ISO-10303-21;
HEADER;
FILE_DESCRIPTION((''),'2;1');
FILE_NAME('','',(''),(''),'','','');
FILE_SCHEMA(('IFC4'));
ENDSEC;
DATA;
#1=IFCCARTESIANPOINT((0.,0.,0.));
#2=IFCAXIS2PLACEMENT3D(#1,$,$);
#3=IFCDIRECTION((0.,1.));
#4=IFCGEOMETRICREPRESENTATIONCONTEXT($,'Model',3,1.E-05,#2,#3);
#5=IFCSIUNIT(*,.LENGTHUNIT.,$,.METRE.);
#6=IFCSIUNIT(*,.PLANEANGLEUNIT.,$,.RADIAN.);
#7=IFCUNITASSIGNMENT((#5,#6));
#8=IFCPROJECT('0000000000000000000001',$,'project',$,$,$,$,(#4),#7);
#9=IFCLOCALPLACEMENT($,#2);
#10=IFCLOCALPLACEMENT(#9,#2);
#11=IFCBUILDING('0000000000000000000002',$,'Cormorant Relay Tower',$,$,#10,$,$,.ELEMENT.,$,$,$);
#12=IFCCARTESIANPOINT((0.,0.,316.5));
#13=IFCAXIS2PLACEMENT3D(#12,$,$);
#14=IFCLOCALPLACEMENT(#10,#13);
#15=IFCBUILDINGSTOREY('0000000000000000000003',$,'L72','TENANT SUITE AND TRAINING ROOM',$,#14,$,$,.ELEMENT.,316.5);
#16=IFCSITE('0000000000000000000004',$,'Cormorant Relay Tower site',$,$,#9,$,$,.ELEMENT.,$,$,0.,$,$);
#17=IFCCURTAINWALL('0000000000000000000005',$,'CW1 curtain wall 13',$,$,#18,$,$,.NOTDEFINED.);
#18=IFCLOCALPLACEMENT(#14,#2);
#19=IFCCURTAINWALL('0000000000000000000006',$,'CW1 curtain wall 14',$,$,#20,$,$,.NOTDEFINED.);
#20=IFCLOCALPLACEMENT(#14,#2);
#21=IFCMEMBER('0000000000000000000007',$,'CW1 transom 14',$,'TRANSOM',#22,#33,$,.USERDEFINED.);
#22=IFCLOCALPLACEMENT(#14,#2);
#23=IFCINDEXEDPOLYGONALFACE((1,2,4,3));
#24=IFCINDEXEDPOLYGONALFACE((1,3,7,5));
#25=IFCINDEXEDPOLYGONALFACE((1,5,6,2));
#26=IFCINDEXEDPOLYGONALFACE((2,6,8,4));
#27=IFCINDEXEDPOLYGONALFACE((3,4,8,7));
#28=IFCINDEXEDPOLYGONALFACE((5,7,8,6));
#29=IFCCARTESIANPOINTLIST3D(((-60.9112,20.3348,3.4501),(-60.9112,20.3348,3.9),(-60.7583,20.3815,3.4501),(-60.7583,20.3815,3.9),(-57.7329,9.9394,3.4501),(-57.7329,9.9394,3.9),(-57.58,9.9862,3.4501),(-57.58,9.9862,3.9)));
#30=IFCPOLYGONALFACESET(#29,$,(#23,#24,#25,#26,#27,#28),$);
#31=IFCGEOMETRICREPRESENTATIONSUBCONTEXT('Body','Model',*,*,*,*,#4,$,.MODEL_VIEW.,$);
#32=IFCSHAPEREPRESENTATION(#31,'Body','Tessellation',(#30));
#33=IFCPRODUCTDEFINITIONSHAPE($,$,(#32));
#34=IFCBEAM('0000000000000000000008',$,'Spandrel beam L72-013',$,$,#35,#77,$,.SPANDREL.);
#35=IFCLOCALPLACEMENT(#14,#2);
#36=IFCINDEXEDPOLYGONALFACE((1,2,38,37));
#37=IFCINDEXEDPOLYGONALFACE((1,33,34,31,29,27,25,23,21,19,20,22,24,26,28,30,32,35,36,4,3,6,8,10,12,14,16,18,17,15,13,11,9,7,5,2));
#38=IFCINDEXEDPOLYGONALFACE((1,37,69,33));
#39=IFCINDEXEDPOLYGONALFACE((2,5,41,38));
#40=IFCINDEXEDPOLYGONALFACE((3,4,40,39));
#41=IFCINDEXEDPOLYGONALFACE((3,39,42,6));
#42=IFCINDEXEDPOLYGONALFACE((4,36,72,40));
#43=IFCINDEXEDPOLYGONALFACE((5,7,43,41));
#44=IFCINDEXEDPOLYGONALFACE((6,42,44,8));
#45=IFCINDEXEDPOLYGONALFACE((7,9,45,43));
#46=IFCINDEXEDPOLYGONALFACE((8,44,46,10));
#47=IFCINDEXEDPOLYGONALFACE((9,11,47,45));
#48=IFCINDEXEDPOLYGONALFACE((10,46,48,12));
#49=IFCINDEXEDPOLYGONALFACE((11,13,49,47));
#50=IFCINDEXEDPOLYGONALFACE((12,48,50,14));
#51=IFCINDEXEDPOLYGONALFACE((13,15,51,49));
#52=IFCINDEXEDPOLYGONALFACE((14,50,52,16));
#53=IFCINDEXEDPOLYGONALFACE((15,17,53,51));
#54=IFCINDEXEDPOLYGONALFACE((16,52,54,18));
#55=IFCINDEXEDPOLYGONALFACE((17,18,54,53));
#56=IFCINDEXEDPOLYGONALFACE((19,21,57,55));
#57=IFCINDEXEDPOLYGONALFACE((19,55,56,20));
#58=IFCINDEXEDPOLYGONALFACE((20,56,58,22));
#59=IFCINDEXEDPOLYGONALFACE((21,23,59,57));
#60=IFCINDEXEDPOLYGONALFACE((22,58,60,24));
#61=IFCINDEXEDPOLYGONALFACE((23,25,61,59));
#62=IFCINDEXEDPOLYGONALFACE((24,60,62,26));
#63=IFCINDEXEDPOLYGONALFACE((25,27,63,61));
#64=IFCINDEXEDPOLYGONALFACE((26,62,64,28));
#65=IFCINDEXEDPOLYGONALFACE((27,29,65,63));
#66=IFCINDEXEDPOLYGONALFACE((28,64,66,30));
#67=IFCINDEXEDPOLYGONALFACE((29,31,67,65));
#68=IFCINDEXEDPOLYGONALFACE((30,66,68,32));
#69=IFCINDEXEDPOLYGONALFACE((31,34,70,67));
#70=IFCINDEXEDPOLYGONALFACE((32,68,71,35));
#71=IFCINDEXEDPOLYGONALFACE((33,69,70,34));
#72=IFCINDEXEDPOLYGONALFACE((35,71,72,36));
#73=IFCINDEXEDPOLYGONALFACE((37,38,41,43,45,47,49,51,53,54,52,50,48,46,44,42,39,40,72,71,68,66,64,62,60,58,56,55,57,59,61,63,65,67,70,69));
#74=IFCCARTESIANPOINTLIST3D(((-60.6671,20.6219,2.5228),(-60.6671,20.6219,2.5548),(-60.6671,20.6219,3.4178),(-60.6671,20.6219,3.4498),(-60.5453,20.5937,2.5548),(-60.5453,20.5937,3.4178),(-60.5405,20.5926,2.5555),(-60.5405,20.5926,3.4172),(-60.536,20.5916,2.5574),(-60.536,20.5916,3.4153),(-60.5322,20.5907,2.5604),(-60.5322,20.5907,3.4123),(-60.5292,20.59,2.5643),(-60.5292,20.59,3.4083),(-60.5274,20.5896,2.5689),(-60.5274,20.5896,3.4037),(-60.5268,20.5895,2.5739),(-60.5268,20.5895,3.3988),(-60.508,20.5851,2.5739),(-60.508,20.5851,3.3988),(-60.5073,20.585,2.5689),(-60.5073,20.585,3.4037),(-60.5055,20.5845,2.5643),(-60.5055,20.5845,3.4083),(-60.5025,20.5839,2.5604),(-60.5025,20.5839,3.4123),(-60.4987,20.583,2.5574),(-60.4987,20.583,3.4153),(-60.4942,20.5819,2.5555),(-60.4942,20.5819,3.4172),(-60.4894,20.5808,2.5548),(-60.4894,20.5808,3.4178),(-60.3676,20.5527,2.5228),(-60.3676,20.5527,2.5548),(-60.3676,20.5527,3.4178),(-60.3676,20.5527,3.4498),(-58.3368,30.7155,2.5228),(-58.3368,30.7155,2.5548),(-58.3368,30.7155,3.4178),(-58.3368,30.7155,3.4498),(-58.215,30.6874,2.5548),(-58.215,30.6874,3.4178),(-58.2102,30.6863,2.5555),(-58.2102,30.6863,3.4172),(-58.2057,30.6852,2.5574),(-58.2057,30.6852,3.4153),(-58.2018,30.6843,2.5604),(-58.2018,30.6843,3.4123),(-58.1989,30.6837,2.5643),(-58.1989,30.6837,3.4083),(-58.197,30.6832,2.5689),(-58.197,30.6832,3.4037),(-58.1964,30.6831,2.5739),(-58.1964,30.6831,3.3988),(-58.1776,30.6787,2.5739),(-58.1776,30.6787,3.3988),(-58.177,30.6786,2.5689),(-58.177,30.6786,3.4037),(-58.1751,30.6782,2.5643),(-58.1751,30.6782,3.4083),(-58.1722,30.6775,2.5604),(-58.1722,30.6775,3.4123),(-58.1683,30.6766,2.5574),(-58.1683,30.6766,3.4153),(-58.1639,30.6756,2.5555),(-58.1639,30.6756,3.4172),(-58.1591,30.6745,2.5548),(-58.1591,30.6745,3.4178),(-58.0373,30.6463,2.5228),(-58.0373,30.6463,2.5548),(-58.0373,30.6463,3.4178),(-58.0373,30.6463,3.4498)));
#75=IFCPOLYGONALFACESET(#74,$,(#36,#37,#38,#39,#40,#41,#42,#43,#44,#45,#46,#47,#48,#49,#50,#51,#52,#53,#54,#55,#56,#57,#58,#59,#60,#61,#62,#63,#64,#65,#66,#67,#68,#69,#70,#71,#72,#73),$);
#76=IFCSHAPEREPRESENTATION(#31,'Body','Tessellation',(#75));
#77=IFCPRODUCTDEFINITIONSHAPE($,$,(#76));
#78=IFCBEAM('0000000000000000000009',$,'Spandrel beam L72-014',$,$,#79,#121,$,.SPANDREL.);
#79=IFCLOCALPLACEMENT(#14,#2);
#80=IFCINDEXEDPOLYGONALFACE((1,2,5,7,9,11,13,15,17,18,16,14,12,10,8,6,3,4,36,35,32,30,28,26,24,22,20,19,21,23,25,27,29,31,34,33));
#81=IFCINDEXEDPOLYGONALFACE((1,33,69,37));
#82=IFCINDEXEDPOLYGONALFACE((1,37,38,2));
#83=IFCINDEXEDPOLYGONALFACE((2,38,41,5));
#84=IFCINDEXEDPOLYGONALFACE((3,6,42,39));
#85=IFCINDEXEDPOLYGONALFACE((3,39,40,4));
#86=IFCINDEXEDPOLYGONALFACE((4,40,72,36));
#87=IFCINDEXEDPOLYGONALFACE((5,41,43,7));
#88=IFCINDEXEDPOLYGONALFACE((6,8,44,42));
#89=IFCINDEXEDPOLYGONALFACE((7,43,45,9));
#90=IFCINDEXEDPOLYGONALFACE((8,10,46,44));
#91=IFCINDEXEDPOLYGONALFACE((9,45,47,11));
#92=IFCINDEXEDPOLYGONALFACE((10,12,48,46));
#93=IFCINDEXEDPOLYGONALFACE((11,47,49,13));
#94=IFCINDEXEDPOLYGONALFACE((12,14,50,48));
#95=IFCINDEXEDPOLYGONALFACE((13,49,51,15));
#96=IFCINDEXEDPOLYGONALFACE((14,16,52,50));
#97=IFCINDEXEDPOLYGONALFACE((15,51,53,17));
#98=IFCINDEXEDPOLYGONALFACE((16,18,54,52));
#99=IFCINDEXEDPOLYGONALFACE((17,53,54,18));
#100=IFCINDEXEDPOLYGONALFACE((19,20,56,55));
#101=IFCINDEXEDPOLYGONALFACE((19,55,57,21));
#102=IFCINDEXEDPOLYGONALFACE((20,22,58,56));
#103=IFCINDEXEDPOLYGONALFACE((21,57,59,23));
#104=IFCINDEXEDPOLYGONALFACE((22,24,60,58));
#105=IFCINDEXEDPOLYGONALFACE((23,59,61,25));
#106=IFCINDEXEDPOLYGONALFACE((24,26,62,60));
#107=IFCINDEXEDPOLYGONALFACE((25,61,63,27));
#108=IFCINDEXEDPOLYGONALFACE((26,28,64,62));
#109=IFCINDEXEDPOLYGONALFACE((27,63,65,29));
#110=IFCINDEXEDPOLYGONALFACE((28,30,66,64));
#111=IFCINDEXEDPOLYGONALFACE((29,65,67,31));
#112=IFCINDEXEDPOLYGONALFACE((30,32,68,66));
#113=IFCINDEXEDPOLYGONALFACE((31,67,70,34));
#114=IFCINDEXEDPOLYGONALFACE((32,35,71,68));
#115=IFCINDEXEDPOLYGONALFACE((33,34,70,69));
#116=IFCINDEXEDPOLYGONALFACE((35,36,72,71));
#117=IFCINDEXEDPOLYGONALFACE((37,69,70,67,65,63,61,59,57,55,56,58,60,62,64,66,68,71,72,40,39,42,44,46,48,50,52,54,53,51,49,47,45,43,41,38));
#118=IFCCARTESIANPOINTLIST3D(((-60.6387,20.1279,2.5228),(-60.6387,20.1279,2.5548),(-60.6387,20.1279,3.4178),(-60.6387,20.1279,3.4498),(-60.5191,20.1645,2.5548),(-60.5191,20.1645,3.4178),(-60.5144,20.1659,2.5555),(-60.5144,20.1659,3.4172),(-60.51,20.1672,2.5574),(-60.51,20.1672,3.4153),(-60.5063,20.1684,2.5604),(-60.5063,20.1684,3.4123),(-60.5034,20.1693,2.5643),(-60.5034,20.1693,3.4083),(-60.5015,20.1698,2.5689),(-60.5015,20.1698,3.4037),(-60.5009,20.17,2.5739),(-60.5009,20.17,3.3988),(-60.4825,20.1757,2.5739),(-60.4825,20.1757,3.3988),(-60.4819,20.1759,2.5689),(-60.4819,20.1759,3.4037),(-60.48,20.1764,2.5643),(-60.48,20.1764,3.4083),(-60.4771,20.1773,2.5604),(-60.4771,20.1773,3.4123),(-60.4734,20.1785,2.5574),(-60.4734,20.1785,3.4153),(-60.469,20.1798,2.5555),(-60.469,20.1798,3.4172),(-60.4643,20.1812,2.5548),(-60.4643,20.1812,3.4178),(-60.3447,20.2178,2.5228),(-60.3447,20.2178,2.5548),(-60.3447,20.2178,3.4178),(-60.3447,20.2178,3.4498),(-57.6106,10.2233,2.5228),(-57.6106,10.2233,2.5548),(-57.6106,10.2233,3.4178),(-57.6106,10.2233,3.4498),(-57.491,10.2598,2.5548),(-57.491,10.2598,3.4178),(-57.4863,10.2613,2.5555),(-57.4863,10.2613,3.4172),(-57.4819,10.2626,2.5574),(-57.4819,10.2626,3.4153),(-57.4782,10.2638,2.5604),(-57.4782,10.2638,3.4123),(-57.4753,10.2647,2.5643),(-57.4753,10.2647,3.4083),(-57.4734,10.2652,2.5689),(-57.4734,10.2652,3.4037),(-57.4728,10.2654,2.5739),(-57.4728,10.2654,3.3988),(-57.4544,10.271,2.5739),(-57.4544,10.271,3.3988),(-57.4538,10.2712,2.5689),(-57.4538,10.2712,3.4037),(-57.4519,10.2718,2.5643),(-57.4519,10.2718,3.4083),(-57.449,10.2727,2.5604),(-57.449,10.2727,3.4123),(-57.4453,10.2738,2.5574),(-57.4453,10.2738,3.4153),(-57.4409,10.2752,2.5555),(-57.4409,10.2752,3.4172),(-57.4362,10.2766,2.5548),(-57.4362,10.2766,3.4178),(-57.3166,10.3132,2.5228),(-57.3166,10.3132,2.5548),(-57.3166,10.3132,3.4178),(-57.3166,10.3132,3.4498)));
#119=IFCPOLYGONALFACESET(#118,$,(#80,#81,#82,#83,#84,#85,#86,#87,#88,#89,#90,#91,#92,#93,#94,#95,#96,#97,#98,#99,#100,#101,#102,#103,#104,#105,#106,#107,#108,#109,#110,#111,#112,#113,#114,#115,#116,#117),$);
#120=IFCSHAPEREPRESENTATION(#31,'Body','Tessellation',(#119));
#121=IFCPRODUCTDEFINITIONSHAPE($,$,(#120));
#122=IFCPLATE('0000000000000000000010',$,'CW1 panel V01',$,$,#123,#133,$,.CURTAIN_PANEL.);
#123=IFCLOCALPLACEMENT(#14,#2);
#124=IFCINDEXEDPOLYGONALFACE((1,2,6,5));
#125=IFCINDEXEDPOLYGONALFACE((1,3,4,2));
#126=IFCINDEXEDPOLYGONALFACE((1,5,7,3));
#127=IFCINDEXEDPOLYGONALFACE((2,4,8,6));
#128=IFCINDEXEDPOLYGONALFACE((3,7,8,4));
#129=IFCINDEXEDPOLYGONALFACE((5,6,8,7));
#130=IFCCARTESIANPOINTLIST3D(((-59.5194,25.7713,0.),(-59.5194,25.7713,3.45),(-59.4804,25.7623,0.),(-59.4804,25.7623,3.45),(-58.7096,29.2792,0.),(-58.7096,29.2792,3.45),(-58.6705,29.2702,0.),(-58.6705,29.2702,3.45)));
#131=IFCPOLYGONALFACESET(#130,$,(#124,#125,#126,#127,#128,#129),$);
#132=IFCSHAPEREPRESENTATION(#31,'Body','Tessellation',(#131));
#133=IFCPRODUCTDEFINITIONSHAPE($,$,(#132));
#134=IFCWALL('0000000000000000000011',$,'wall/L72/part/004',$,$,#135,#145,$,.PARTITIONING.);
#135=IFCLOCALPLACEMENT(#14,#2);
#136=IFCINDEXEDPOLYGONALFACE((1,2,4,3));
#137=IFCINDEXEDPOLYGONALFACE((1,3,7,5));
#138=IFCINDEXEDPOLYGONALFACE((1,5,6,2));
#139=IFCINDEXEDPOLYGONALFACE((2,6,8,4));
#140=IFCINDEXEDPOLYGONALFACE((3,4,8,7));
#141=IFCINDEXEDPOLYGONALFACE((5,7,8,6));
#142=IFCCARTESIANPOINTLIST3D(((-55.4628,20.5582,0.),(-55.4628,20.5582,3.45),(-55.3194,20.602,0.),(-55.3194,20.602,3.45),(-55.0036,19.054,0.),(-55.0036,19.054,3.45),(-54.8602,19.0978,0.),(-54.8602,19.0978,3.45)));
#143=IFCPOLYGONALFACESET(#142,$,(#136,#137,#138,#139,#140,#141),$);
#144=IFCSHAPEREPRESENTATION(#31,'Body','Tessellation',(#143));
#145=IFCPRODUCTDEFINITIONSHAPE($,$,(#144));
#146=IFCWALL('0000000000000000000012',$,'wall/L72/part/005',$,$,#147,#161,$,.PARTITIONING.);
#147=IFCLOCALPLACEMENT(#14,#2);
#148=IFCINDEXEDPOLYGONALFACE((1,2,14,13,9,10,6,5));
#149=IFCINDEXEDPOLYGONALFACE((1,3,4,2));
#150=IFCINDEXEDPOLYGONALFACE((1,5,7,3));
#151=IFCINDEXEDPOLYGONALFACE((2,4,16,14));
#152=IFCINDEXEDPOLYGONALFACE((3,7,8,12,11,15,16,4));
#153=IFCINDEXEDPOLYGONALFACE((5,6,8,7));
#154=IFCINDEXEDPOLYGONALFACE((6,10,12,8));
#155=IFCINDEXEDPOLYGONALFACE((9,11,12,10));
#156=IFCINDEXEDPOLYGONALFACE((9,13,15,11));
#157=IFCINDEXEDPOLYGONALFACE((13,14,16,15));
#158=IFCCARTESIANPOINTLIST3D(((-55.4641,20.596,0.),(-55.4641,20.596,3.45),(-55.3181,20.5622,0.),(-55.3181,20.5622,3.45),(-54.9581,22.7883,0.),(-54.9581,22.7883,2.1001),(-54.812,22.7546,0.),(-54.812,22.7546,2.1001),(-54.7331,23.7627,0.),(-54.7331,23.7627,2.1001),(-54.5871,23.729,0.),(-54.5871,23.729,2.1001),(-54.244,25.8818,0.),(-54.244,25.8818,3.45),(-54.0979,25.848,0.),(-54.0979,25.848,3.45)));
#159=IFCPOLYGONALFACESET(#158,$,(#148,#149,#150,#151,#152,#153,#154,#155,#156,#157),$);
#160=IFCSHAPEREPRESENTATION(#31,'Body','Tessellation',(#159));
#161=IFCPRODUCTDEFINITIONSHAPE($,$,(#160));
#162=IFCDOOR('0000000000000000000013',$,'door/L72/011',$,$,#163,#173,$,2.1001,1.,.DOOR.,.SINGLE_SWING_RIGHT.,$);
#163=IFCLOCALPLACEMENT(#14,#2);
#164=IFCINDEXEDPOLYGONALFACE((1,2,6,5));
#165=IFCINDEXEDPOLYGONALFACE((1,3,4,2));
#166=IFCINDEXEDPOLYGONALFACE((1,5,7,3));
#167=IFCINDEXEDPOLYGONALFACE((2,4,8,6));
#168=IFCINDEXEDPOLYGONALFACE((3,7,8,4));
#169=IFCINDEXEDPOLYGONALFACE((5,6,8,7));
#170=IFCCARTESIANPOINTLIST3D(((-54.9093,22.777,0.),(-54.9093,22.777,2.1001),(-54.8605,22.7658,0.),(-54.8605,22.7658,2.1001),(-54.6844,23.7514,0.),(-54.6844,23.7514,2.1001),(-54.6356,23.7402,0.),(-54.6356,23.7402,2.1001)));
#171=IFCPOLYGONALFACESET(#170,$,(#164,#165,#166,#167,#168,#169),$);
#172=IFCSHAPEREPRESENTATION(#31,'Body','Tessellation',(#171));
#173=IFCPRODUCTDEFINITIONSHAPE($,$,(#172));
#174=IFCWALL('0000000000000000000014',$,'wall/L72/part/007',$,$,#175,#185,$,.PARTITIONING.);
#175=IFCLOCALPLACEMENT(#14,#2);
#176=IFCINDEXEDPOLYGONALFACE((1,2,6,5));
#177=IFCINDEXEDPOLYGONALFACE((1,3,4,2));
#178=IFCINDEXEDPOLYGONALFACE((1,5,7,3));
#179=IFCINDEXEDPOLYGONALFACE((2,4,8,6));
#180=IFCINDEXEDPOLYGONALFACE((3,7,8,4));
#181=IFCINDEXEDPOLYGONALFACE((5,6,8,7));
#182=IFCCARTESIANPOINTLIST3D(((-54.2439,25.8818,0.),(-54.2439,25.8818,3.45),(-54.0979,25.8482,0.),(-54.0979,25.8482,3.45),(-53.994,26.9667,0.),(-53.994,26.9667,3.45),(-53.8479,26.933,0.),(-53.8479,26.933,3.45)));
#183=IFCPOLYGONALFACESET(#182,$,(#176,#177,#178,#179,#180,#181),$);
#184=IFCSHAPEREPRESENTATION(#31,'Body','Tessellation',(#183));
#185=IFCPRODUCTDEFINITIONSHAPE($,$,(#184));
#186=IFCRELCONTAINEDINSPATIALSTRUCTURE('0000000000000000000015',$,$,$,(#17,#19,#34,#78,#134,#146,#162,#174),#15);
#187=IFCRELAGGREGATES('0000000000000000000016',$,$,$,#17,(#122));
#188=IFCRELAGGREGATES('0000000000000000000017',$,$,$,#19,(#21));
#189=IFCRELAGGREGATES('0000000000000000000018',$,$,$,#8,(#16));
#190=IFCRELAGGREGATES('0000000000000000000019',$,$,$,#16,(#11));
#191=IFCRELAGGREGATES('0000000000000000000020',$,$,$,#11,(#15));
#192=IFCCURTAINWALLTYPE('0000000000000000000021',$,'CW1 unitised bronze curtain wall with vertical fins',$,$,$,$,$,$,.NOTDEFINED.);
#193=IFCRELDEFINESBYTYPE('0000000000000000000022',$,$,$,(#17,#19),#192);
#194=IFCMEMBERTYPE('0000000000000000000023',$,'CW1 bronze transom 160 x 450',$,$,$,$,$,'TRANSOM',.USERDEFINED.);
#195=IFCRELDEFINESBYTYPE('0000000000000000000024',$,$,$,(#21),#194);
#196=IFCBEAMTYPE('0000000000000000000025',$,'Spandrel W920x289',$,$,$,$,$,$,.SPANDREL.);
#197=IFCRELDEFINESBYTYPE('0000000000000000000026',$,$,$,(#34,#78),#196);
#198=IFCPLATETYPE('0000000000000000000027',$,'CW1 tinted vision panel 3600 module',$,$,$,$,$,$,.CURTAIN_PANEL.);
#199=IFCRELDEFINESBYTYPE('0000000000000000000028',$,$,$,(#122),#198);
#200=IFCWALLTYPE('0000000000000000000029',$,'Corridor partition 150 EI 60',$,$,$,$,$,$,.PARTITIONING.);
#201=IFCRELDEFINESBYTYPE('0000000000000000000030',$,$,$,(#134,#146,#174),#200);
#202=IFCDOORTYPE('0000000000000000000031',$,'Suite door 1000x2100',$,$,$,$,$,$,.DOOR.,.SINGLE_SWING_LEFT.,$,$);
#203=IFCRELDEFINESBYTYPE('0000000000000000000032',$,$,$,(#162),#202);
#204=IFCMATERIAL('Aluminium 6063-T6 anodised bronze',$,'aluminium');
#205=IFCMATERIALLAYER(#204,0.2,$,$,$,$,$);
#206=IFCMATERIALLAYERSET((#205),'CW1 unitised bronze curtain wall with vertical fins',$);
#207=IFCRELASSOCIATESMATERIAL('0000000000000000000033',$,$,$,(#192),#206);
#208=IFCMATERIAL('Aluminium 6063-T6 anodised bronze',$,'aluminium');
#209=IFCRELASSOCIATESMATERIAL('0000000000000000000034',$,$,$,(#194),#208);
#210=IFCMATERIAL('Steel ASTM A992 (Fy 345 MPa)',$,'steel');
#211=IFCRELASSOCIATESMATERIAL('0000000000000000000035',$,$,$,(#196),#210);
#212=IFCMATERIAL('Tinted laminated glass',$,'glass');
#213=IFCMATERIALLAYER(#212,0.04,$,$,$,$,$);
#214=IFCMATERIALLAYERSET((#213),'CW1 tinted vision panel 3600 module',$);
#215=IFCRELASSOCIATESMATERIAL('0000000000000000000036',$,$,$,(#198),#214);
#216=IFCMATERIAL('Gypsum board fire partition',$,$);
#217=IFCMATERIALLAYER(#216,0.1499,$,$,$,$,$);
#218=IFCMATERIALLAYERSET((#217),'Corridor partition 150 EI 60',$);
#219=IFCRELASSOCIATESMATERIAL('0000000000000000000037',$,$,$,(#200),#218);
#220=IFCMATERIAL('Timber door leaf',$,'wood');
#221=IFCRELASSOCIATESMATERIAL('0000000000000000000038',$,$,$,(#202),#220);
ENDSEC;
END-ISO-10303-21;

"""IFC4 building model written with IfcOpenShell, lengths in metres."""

from ifc_helpers import new_model, si_unit, direction, frame, frame_2d, origin, origin_2d, place, context, subcontext, project, spatial, rectangle, i_section, extrude, material, layer, layer_set, material_profile, profile_set, type_object, element, fill, aggregate, save


model = new_model("IFC4")

# Units and contexts
model_context = context("Model", 3, precision=1e-05, world=origin(), true_north=direction((0.0, 1.0)))
body_context = subcontext(model_context, "Body", "Model", "MODEL_VIEW")
ifc_project = project(units=[si_unit("LENGTHUNIT", "METRE"), si_unit("PLANEANGLEUNIT", "RADIAN")], contexts=[model_context])

# Site, building, storey
site_placement = place(None, origin())
site = spatial("IfcSite", under=ifc_project, at=site_placement, Name="Cormorant Relay Tower site", CompositionType="ELEMENT", RefElevation=0.0)
building_placement = place(site_placement, origin())
building = spatial("IfcBuilding", under=site, at=building_placement, Name="Cormorant Relay Tower", CompositionType="ELEMENT")
storey_placement = place(building_placement, frame((0.0, 0.0, 316.5)))
storey = spatial("IfcBuildingStorey", under=building, at=storey_placement, Name="L72", Description="TENANT SUITE AND TRAINING ROOM", CompositionType="ELEMENT", Elevation=316.5)

# Curtain wall
ifc_material_1 = material(Name="Aluminium 6063-T6 anodised bronze", Category="aluminium")
ifc_layer_1 = layer(ifc_material_1, 0.2)
ifc_layer_set_1 = layer_set([ifc_layer_1], Name="CW1 unitised bronze curtain wall with vertical fins")
curtain_wall_type = type_object("IfcCurtainWallType", Name="CW1 unitised bronze curtain wall with vertical fins", PredefinedType="NOTDEFINED", material=ifc_layer_set_1)
curtain_wall_1_placement = place(storey_placement, origin())
curtain_wall_1 = element("IfcCurtainWall", 1, at=curtain_wall_1_placement, inside=storey, type_object=curtain_wall_type, Name="CW1 curtain wall 13", PredefinedType="NOTDEFINED")

# Curtain wall
curtain_wall_2_placement = place(storey_placement, origin())
curtain_wall_2 = element("IfcCurtainWall", 2, at=curtain_wall_2_placement, inside=storey, type_object=curtain_wall_type, Name="CW1 curtain wall 14", PredefinedType="NOTDEFINED")

# Member
ifc_material_2 = material(Name="Aluminium 6063-T6 anodised bronze", Category="aluminium")
ifc_material_profile_1 = material_profile(ifc_material_2, rectangle(XDim=0.1599, YDim=0.45, at=origin_2d()), Name="AL 160x450")
ifc_profile_set_1 = profile_set([ifc_material_profile_1], Name="Aluminium 6063-T6 anodised bronze")
member_type_1 = type_object("IfcMemberType", Name="CW1 bronze transom 160 x 450", ElementType="TRANSOM", PredefinedType="USERDEFINED", material=ifc_profile_set_1)
member_1_placement = place(storey_placement, frame((-60.8347, 20.3582, 3.675), z_axis=(0.292378, -0.956303, 0.0), x_axis=(0.956303, 0.292378, 0.0)))
member_1 = element("IfcMember", 3, at=member_1_placement, type_object=member_type_1, Name="CW1 transom 14", ObjectType="TRANSOM", PredefinedType="USERDEFINED", context=body_context, shape_type="SweptSolid", body=[
    extrude(rectangle(XDim=0.1599, YDim=0.45, at=origin_2d()), origin(), (0.0, 0.0, 1.0), 10.8704),
])

# Beams
ifc_material_3 = material(Name="Steel ASTM A992 (Fy 345 MPa)", Category="steel")
ifc_material_profile_2 = material_profile(ifc_material_3, i_section(OverallWidth=0.3074, OverallDepth=0.927, WebThickness=0.0193, FlangeThickness=0.032, FilletRadius=0.019, at=origin_2d()), Name="W920x289")
ifc_profile_set_2 = profile_set([ifc_material_profile_2], Name="Steel ASTM A992 (Fy 345 MPa)")
beam_type = type_object("IfcBeamType", Name="Spandrel W920x289", PredefinedType="SPANDREL", material=ifc_profile_set_2)
beam_1_placement = place(storey_placement, frame((-58.187, 30.6809, 2.9863), z_axis=(-0.224956, -0.974369, 0.0), x_axis=(0.974369, -0.224956, 0.0)))
element("IfcBeam", 4, at=beam_1_placement, inside=storey, type_object=beam_type, Name="Spandrel beam L72-013", PredefinedType="SPANDREL", context=body_context, shape_type="SweptSolid", body=[
    extrude(i_section(OverallWidth=0.3074, OverallDepth=0.927, WebThickness=0.0193, FlangeThickness=0.032, FilletRadius=0.019, at=origin_2d()), origin(), (0.0, 0.0, 1.0), 10.3591),
])
beam_2_placement = place(storey_placement, frame((-60.4917, 20.1729, 2.9863), z_axis=(0.292368, -0.956306, 0.0), x_axis=(0.956306, 0.292368, 0.0)))
element("IfcBeam", 5, at=beam_2_placement, inside=storey, type_object=beam_type, Name="Spandrel beam L72-014", PredefinedType="SPANDREL", context=body_context, shape_type="SweptSolid", body=[
    extrude(i_section(OverallWidth=0.3074, OverallDepth=0.927, WebThickness=0.0193, FlangeThickness=0.032, FilletRadius=0.019, at=origin_2d()), origin(), (0.0, 0.0, 1.0), 10.3572),
])

# Plate
ifc_material_4 = material(Name="Tinted laminated glass", Category="glass")
ifc_layer_2 = layer(ifc_material_4, 0.04)
ifc_layer_set_2 = layer_set([ifc_layer_2], Name="CW1 tinted vision panel 3600 module")
plate_type = type_object("IfcPlateType", Name="CW1 tinted vision panel 3600 module", PredefinedType="CURTAIN_PANEL", material=ifc_layer_set_2)
plate_placement = place(storey_placement, frame((-59.095, 27.5208, 0.0), z_axis=(0.0, 0.0, 1.0), x_axis=(-0.224951, -0.97437, 0.0)))
plate = element("IfcPlate", 6, at=plate_placement, type_object=plate_type, Name="CW1 panel V01", PredefinedType="CURTAIN_PANEL", context=body_context, shape_type="SweptSolid", body=[
    extrude(rectangle(XDim=3.6001, YDim=0.04, at=origin_2d()), origin(), (0.0, 0.0, 1.0), 3.45),
])

# Wall
ifc_material_5 = material(Name="Gypsum board fire partition")
ifc_layer_3 = layer(ifc_material_5, 0.1499)
ifc_layer_set_3 = layer_set([ifc_layer_3], Name="Corridor partition 150 EI 60")
wall_type_1 = type_object("IfcWallType", Name="Corridor partition 150 EI 60", PredefinedType="PARTITIONING", material=ifc_layer_set_3)
wall_1_placement = place(storey_placement, frame((-55.3911, 20.5801, 0.0), z_axis=(0.0, 0.0, 1.0), x_axis=(0.292002, -0.956418, 0.0)))
element("IfcWall", 7, at=wall_1_placement, inside=storey, type_object=wall_type_1, Name="wall/L72/part/004", PredefinedType="PARTITIONING", context=body_context, shape_type="SweptSolid", body=[
    extrude(rectangle(XDim=1.5728, YDim=0.1499, at=frame_2d((0.7864, 0.0))), origin(), (0.0, 0.0, 1.0), 3.45),
])

# Wall, opening, door
wall_2_placement = place(storey_placement, frame((-55.3911, 20.5791, 0.0), z_axis=(0.0, 0.0, 1.0), x_axis=(0.224929, 0.974375, 0.0)))
wall_2 = element("IfcWall", 8, at=wall_2_placement, inside=storey, type_object=wall_type_1, Name="wall/L72/part/005", PredefinedType="PARTITIONING", context=body_context, shape_type="SweptSolid", body=[
    extrude(rectangle(XDim=5.4248, YDim=0.1499, at=frame_2d((2.7124, 0.0))), origin(), (0.0, 0.0, 1.0), 3.45),
])
opening_1_placement = place(wall_2_placement, frame((2.25, 0.0, 0.0)))
opening_1 = element("IfcOpeningElement", 9, at=opening_1_placement, cuts=wall_2, PredefinedType="OPENING", context=body_context, shape_type="SweptSolid", body=[
    extrude(rectangle(XDim=1.0, YDim=2.1001, at=frame_2d((0.5, 1.05))), frame((0.0, 0.085, 0.0), z_axis=(0.0, -1.0, 0.0), x_axis=(1.0, 0.0, 0.0)), (0.0, 0.0, 1.0), 0.1699),
])
ifc_material_6 = material(Name="Timber door leaf", Category="wood")
door_type = type_object("IfcDoorType", Name="Suite door 1000x2100", OperationType="SINGLE_SWING_LEFT", PredefinedType="DOOR", material=ifc_material_6)
door_1_placement = place(opening_1_placement, origin())
door_1 = element("IfcDoor", 10, at=door_1_placement, inside=storey, type_object=door_type, Name="door/L72/011", OperationType="SINGLE_SWING_RIGHT", OverallHeight=2.1001, OverallWidth=1.0, PredefinedType="DOOR", context=body_context, shape_type="SweptSolid", body=[
    extrude(rectangle(XDim=1.0, YDim=2.1001, at=frame_2d((0.5, 1.05))), frame((0.0, 0.0249, 0.0), z_axis=(0.0, -1.0, 0.0), x_axis=(1.0, 0.0, 0.0)), (0.0, 0.0, 1.0), 0.05),
])
fill(opening_1, door_1)

# Wall
wall_3_placement = place(storey_placement, frame((-54.1709, 25.865, 0.0), z_axis=(0.0, 0.0, 1.0), x_axis=(0.224539, 0.974465, 0.0)))
element("IfcWall", 11, at=wall_3_placement, inside=storey, type_object=wall_type_1, Name="wall/L72/part/007", PredefinedType="PARTITIONING", context=body_context, shape_type="SweptSolid", body=[
    extrude(rectangle(XDim=1.1133, YDim=0.1499, at=frame_2d((0.5566, 0.0))), origin(), (0.0, 0.0, 1.0), 3.45),
])

aggregate(curtain_wall_1, [plate])
aggregate(curtain_wall_2, [member_1])

save(model, "model.ifc")
